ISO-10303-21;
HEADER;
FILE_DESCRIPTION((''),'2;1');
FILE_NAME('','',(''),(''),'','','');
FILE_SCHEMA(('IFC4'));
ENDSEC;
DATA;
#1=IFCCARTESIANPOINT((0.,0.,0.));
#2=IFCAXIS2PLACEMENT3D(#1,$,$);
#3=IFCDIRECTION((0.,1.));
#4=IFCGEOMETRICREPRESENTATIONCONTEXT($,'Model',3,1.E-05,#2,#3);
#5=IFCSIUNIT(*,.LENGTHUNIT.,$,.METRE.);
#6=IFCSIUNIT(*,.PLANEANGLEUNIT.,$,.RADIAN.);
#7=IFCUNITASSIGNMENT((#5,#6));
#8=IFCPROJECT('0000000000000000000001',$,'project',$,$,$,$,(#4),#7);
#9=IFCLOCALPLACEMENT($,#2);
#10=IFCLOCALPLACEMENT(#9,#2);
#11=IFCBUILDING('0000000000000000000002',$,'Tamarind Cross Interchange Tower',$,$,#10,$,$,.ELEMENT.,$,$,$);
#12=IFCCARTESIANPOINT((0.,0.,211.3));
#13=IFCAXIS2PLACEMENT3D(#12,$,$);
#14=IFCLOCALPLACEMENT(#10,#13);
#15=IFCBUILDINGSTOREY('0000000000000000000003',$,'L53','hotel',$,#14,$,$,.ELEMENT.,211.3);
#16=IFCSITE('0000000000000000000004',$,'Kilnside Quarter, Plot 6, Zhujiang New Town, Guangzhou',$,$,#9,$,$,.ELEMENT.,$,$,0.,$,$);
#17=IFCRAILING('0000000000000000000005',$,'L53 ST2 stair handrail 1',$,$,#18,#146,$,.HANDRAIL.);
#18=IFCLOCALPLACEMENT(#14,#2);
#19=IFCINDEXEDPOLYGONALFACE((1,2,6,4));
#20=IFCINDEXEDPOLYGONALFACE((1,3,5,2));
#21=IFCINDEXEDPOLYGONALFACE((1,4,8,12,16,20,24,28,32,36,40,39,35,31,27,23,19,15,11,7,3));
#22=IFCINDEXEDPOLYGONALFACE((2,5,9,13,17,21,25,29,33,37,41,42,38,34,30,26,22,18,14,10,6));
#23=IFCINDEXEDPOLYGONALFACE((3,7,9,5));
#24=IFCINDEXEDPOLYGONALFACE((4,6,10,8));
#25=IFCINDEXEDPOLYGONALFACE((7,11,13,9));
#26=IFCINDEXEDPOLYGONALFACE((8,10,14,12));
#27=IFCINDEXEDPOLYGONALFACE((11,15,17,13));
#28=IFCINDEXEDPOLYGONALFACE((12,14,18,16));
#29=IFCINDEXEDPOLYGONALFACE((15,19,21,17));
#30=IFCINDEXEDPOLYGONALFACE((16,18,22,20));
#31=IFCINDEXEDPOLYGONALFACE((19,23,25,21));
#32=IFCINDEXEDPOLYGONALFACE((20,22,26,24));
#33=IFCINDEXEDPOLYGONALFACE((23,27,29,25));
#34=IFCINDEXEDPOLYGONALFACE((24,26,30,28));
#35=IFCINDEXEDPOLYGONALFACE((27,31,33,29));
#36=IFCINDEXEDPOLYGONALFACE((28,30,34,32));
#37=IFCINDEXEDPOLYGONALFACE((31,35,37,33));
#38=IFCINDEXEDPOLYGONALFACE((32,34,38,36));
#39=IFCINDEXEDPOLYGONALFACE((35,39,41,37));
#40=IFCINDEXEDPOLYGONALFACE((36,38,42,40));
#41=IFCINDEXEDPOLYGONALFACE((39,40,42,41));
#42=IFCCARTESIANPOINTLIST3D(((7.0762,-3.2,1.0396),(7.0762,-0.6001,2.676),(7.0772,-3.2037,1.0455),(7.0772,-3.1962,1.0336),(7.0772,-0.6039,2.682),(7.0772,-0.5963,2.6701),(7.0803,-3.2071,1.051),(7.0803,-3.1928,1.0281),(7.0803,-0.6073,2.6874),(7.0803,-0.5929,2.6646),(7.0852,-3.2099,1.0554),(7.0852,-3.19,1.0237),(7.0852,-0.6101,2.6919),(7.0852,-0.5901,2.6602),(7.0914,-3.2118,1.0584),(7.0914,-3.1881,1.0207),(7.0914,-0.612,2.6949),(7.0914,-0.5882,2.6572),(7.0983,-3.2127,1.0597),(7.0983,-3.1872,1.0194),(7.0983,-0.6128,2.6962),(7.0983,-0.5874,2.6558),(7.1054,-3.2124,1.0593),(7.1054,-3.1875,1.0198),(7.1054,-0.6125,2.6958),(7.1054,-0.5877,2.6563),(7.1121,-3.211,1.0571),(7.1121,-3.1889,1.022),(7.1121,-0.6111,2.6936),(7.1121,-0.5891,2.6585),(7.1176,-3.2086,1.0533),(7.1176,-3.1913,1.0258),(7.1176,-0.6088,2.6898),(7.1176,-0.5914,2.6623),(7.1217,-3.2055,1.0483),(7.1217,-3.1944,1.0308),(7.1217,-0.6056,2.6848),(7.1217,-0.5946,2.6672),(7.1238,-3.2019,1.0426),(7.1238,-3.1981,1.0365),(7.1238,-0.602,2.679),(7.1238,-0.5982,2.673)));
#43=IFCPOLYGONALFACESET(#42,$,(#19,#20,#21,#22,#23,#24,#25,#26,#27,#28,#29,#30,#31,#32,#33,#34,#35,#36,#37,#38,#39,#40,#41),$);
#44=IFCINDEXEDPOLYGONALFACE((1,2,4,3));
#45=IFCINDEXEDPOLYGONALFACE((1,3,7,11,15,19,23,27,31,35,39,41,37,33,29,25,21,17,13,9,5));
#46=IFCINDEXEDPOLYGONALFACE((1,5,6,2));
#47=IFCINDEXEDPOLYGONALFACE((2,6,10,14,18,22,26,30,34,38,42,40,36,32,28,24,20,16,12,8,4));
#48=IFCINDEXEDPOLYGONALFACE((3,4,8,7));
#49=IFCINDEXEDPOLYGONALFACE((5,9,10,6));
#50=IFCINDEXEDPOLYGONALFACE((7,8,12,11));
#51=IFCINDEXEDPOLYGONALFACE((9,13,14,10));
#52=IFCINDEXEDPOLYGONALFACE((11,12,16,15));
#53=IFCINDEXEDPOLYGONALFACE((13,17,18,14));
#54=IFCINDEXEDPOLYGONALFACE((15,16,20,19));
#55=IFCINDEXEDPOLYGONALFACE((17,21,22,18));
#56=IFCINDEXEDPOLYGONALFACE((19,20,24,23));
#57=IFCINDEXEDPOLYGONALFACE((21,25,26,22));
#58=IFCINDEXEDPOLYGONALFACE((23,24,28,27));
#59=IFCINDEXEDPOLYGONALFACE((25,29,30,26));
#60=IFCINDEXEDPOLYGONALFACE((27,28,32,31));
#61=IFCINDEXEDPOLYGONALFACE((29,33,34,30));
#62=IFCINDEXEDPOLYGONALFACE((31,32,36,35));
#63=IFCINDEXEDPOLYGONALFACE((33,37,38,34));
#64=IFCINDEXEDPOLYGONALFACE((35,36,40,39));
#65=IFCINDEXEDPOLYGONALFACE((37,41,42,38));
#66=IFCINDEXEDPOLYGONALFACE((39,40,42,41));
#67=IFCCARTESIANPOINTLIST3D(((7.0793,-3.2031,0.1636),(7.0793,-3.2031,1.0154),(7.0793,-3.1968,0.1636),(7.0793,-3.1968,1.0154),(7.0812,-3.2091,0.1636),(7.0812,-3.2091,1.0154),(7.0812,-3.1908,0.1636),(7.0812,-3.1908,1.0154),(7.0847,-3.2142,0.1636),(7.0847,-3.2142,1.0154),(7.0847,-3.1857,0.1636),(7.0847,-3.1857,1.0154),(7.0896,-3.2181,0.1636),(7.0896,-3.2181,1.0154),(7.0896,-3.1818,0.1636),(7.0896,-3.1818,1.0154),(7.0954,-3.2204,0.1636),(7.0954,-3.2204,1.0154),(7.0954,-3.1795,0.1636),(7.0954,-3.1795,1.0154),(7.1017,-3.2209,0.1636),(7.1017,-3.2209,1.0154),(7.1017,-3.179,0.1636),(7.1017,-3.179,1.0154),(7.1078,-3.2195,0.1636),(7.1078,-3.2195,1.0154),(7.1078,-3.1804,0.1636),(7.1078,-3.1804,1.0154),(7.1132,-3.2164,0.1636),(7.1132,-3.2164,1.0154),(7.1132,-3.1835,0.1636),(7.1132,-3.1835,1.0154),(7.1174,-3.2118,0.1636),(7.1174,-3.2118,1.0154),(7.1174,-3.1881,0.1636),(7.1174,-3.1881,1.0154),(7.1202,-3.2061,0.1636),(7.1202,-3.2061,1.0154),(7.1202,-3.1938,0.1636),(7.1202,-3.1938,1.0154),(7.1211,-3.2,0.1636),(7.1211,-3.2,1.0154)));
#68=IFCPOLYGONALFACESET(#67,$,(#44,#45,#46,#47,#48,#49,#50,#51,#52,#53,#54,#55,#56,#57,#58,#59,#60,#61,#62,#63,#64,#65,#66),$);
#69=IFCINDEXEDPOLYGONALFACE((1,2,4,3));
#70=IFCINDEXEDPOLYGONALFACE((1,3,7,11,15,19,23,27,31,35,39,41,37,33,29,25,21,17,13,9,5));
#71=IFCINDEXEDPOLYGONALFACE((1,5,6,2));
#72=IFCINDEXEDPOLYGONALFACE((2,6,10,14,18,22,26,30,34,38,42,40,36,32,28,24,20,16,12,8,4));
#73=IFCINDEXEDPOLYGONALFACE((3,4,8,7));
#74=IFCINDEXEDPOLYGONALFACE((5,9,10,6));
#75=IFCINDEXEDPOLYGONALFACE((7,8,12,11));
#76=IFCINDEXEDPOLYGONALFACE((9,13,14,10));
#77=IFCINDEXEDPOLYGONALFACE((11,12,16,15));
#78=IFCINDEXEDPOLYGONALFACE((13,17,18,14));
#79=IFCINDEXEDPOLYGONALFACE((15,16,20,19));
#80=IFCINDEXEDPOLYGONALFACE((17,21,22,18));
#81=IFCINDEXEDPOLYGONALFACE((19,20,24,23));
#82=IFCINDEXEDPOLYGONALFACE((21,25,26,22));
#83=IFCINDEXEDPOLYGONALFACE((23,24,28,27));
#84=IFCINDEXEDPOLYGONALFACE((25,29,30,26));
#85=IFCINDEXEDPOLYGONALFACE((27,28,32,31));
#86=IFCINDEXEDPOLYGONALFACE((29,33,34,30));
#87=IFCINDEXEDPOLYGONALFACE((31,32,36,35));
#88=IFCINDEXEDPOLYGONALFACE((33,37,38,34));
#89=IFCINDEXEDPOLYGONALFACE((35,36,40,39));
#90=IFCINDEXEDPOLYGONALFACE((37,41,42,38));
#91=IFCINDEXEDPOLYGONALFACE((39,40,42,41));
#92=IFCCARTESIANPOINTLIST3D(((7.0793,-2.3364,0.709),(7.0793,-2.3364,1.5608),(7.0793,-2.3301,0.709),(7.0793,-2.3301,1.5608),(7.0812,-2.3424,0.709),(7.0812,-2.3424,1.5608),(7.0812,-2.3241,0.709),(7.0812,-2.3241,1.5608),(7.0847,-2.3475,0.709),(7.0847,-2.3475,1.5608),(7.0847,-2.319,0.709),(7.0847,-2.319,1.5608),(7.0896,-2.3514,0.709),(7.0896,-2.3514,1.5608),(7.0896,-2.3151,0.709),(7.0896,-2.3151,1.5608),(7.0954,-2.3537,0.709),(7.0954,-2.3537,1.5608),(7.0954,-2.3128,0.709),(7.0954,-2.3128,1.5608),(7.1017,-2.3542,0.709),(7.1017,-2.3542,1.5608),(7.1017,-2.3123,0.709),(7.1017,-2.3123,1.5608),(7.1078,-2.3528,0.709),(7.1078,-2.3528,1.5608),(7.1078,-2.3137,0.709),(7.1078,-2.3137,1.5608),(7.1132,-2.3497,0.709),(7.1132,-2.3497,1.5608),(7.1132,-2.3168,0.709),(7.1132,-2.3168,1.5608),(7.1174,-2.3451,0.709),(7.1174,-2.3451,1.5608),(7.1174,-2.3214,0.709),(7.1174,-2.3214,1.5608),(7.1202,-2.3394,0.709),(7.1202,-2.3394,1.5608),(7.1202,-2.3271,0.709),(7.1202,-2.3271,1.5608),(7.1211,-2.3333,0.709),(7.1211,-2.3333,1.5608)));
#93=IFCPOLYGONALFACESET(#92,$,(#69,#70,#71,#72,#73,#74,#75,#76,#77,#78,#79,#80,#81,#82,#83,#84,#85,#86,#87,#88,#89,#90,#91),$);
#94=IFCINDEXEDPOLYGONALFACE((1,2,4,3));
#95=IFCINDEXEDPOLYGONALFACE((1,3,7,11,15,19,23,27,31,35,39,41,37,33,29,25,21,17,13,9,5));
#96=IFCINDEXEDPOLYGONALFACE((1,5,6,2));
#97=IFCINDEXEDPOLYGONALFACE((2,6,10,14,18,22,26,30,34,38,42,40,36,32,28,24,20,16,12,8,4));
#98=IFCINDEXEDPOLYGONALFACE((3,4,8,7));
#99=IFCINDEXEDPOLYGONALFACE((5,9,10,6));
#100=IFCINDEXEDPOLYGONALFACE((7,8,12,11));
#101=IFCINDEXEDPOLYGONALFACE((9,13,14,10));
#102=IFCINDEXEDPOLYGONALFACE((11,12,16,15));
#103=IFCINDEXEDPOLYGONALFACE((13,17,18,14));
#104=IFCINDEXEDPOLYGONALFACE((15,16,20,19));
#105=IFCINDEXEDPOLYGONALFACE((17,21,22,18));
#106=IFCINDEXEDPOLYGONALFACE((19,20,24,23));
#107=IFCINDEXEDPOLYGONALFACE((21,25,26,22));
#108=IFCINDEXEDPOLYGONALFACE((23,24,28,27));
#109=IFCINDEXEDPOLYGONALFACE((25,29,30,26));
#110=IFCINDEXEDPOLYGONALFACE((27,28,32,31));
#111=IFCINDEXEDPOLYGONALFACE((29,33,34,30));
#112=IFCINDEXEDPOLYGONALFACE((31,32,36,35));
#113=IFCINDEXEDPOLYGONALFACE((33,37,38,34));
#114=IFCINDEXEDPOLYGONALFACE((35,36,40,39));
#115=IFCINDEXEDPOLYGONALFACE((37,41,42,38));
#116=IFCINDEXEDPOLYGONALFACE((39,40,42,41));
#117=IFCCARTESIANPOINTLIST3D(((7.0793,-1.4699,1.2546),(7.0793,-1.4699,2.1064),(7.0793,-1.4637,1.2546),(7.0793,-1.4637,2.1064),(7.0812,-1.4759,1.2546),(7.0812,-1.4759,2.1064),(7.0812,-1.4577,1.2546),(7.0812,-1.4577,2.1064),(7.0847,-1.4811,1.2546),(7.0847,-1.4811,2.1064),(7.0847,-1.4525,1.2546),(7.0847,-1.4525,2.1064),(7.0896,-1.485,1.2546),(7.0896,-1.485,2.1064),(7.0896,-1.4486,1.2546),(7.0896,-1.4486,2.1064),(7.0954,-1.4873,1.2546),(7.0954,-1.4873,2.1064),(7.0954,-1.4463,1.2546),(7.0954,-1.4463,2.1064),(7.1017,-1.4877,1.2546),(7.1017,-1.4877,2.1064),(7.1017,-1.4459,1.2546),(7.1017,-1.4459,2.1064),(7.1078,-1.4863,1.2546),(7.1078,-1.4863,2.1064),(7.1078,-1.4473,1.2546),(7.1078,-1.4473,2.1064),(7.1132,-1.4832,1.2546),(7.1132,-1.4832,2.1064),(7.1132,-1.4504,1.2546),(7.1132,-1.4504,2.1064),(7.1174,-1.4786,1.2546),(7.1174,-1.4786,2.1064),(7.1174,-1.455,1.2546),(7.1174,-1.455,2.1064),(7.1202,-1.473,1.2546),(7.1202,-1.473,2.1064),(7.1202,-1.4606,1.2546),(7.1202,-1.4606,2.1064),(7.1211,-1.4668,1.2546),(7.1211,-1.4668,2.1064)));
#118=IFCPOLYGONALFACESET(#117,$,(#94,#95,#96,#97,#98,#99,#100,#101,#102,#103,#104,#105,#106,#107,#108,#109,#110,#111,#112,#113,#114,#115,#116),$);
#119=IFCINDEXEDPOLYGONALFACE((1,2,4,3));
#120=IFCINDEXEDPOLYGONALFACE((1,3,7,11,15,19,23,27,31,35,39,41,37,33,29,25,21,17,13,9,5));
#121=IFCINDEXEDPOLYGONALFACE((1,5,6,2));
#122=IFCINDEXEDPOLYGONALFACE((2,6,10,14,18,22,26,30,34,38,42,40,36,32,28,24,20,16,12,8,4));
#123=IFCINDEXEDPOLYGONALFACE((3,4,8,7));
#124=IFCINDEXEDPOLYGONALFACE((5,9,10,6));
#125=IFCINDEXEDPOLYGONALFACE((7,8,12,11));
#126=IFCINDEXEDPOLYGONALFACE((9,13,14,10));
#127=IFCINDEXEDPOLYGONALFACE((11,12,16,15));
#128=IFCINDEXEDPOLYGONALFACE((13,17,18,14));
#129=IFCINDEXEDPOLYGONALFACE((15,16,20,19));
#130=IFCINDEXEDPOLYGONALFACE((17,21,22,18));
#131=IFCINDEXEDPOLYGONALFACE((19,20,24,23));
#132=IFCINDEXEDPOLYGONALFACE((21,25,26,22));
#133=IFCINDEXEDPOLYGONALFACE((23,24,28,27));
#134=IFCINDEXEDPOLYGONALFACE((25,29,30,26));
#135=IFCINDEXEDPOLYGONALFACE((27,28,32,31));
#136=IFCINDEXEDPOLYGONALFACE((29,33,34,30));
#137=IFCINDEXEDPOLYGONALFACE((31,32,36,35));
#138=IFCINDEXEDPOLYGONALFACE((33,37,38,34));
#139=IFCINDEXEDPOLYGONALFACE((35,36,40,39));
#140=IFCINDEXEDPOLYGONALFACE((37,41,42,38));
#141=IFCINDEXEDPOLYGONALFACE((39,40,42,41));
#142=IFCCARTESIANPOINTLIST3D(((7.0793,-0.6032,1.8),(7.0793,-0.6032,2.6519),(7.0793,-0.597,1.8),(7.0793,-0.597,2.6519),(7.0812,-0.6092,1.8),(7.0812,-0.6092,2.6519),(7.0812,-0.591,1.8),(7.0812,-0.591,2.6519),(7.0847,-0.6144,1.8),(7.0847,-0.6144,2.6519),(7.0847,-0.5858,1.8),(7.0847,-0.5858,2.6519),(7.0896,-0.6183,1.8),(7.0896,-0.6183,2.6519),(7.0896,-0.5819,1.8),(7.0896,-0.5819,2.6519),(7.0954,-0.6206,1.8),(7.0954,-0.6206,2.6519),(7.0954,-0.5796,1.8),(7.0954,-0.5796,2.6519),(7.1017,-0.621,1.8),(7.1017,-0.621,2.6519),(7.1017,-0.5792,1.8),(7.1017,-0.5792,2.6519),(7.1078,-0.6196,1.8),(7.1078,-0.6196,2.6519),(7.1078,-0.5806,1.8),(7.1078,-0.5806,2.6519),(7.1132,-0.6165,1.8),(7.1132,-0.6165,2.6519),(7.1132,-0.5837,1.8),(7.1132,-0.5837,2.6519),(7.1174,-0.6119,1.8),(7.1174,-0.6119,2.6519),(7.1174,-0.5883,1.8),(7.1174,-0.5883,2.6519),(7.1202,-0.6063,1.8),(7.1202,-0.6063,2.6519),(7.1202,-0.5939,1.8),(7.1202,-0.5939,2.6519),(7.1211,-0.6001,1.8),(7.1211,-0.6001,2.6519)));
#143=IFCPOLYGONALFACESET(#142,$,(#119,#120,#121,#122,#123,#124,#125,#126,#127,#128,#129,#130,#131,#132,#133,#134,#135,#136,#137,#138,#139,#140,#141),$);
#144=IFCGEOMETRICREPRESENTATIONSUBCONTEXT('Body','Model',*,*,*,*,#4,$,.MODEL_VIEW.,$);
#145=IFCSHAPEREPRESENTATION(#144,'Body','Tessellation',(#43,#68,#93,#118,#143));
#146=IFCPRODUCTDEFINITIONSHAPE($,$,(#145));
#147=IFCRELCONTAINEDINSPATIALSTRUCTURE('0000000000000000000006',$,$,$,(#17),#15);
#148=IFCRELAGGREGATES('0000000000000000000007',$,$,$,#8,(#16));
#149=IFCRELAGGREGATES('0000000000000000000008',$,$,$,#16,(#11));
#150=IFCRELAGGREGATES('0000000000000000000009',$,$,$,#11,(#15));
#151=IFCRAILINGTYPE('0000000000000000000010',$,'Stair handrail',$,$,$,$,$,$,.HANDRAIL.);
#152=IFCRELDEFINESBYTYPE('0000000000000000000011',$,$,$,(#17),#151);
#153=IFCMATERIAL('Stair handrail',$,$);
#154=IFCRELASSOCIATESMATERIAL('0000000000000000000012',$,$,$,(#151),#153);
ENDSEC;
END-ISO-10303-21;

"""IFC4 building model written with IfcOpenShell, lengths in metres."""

from ifc_helpers import new_model, si_unit, direction, frame, origin, origin_2d, place, context, subcontext, project, spatial, circle, extrude, material, type_object, element, save


model = new_model("IFC4")

# Units and contexts
model_context = context("Model", 3, precision=1e-05, world=origin(), true_north=direction((0.0, 1.0)))
body_context = subcontext(model_context, "Body", "Model", "MODEL_VIEW")
ifc_project = project(units=[si_unit("LENGTHUNIT", "METRE"), si_unit("PLANEANGLEUNIT", "RADIAN")], contexts=[model_context])

# Site, building, storey
site_placement = place(None, origin())
site = spatial("IfcSite", under=ifc_project, at=site_placement, Name="Kilnside Quarter, Plot 6, Zhujiang New Town, Guangzhou", CompositionType="ELEMENT", RefElevation=0.0)
building_placement = place(site_placement, origin())
building = spatial("IfcBuilding", under=site, at=building_placement, Name="Tamarind Cross Interchange Tower", CompositionType="ELEMENT")
storey_placement = place(building_placement, frame((0.0, 0.0, 211.3)))
storey = spatial("IfcBuildingStorey", under=building, at=storey_placement, Name="L53", Description="hotel", CompositionType="ELEMENT", Elevation=211.3)

# Railing
ifc_material_1 = material(Name="Stair handrail")
railing_type_1 = type_object("IfcRailingType", Name="Stair handrail", PredefinedType="HANDRAIL", material=ifc_material_1)
railing_1_placement = place(storey_placement, frame((7.1001, -3.2, 0.1636)))
element("IfcRailing", 1, at=railing_1_placement, inside=storey, type_object=railing_type_1, Name="L53 ST2 stair handrail 1", PredefinedType="HANDRAIL", context=body_context, shape_type="SweptSolid", body=[
    extrude(circle(Radius=0.0239, at=origin_2d()), frame((0.0, 0.0, 0.876), z_axis=(0.0, 0.846302, 0.532704), x_axis=(-1.0, 0.0, 0.0)), (0.0, 0.0, 1.0), 3.072),
    extrude(circle(Radius=0.021, at=origin_2d()), origin(), (0.0, 0.0, 1.0), 0.8518),
    extrude(circle(Radius=0.021, at=origin_2d()), frame((0.0, 0.8667, 0.5454)), (0.0, 0.0, 1.0), 0.8518),
    extrude(circle(Radius=0.021, at=origin_2d()), frame((0.0, 1.7332, 1.0911)), (0.0, 0.0, 1.0), 0.8518),
    extrude(circle(Radius=0.021, at=origin_2d()), frame((0.0, 2.5999, 1.6365)), (0.0, 0.0, 1.0), 0.8518),
])

save(model, "model.ifc")
